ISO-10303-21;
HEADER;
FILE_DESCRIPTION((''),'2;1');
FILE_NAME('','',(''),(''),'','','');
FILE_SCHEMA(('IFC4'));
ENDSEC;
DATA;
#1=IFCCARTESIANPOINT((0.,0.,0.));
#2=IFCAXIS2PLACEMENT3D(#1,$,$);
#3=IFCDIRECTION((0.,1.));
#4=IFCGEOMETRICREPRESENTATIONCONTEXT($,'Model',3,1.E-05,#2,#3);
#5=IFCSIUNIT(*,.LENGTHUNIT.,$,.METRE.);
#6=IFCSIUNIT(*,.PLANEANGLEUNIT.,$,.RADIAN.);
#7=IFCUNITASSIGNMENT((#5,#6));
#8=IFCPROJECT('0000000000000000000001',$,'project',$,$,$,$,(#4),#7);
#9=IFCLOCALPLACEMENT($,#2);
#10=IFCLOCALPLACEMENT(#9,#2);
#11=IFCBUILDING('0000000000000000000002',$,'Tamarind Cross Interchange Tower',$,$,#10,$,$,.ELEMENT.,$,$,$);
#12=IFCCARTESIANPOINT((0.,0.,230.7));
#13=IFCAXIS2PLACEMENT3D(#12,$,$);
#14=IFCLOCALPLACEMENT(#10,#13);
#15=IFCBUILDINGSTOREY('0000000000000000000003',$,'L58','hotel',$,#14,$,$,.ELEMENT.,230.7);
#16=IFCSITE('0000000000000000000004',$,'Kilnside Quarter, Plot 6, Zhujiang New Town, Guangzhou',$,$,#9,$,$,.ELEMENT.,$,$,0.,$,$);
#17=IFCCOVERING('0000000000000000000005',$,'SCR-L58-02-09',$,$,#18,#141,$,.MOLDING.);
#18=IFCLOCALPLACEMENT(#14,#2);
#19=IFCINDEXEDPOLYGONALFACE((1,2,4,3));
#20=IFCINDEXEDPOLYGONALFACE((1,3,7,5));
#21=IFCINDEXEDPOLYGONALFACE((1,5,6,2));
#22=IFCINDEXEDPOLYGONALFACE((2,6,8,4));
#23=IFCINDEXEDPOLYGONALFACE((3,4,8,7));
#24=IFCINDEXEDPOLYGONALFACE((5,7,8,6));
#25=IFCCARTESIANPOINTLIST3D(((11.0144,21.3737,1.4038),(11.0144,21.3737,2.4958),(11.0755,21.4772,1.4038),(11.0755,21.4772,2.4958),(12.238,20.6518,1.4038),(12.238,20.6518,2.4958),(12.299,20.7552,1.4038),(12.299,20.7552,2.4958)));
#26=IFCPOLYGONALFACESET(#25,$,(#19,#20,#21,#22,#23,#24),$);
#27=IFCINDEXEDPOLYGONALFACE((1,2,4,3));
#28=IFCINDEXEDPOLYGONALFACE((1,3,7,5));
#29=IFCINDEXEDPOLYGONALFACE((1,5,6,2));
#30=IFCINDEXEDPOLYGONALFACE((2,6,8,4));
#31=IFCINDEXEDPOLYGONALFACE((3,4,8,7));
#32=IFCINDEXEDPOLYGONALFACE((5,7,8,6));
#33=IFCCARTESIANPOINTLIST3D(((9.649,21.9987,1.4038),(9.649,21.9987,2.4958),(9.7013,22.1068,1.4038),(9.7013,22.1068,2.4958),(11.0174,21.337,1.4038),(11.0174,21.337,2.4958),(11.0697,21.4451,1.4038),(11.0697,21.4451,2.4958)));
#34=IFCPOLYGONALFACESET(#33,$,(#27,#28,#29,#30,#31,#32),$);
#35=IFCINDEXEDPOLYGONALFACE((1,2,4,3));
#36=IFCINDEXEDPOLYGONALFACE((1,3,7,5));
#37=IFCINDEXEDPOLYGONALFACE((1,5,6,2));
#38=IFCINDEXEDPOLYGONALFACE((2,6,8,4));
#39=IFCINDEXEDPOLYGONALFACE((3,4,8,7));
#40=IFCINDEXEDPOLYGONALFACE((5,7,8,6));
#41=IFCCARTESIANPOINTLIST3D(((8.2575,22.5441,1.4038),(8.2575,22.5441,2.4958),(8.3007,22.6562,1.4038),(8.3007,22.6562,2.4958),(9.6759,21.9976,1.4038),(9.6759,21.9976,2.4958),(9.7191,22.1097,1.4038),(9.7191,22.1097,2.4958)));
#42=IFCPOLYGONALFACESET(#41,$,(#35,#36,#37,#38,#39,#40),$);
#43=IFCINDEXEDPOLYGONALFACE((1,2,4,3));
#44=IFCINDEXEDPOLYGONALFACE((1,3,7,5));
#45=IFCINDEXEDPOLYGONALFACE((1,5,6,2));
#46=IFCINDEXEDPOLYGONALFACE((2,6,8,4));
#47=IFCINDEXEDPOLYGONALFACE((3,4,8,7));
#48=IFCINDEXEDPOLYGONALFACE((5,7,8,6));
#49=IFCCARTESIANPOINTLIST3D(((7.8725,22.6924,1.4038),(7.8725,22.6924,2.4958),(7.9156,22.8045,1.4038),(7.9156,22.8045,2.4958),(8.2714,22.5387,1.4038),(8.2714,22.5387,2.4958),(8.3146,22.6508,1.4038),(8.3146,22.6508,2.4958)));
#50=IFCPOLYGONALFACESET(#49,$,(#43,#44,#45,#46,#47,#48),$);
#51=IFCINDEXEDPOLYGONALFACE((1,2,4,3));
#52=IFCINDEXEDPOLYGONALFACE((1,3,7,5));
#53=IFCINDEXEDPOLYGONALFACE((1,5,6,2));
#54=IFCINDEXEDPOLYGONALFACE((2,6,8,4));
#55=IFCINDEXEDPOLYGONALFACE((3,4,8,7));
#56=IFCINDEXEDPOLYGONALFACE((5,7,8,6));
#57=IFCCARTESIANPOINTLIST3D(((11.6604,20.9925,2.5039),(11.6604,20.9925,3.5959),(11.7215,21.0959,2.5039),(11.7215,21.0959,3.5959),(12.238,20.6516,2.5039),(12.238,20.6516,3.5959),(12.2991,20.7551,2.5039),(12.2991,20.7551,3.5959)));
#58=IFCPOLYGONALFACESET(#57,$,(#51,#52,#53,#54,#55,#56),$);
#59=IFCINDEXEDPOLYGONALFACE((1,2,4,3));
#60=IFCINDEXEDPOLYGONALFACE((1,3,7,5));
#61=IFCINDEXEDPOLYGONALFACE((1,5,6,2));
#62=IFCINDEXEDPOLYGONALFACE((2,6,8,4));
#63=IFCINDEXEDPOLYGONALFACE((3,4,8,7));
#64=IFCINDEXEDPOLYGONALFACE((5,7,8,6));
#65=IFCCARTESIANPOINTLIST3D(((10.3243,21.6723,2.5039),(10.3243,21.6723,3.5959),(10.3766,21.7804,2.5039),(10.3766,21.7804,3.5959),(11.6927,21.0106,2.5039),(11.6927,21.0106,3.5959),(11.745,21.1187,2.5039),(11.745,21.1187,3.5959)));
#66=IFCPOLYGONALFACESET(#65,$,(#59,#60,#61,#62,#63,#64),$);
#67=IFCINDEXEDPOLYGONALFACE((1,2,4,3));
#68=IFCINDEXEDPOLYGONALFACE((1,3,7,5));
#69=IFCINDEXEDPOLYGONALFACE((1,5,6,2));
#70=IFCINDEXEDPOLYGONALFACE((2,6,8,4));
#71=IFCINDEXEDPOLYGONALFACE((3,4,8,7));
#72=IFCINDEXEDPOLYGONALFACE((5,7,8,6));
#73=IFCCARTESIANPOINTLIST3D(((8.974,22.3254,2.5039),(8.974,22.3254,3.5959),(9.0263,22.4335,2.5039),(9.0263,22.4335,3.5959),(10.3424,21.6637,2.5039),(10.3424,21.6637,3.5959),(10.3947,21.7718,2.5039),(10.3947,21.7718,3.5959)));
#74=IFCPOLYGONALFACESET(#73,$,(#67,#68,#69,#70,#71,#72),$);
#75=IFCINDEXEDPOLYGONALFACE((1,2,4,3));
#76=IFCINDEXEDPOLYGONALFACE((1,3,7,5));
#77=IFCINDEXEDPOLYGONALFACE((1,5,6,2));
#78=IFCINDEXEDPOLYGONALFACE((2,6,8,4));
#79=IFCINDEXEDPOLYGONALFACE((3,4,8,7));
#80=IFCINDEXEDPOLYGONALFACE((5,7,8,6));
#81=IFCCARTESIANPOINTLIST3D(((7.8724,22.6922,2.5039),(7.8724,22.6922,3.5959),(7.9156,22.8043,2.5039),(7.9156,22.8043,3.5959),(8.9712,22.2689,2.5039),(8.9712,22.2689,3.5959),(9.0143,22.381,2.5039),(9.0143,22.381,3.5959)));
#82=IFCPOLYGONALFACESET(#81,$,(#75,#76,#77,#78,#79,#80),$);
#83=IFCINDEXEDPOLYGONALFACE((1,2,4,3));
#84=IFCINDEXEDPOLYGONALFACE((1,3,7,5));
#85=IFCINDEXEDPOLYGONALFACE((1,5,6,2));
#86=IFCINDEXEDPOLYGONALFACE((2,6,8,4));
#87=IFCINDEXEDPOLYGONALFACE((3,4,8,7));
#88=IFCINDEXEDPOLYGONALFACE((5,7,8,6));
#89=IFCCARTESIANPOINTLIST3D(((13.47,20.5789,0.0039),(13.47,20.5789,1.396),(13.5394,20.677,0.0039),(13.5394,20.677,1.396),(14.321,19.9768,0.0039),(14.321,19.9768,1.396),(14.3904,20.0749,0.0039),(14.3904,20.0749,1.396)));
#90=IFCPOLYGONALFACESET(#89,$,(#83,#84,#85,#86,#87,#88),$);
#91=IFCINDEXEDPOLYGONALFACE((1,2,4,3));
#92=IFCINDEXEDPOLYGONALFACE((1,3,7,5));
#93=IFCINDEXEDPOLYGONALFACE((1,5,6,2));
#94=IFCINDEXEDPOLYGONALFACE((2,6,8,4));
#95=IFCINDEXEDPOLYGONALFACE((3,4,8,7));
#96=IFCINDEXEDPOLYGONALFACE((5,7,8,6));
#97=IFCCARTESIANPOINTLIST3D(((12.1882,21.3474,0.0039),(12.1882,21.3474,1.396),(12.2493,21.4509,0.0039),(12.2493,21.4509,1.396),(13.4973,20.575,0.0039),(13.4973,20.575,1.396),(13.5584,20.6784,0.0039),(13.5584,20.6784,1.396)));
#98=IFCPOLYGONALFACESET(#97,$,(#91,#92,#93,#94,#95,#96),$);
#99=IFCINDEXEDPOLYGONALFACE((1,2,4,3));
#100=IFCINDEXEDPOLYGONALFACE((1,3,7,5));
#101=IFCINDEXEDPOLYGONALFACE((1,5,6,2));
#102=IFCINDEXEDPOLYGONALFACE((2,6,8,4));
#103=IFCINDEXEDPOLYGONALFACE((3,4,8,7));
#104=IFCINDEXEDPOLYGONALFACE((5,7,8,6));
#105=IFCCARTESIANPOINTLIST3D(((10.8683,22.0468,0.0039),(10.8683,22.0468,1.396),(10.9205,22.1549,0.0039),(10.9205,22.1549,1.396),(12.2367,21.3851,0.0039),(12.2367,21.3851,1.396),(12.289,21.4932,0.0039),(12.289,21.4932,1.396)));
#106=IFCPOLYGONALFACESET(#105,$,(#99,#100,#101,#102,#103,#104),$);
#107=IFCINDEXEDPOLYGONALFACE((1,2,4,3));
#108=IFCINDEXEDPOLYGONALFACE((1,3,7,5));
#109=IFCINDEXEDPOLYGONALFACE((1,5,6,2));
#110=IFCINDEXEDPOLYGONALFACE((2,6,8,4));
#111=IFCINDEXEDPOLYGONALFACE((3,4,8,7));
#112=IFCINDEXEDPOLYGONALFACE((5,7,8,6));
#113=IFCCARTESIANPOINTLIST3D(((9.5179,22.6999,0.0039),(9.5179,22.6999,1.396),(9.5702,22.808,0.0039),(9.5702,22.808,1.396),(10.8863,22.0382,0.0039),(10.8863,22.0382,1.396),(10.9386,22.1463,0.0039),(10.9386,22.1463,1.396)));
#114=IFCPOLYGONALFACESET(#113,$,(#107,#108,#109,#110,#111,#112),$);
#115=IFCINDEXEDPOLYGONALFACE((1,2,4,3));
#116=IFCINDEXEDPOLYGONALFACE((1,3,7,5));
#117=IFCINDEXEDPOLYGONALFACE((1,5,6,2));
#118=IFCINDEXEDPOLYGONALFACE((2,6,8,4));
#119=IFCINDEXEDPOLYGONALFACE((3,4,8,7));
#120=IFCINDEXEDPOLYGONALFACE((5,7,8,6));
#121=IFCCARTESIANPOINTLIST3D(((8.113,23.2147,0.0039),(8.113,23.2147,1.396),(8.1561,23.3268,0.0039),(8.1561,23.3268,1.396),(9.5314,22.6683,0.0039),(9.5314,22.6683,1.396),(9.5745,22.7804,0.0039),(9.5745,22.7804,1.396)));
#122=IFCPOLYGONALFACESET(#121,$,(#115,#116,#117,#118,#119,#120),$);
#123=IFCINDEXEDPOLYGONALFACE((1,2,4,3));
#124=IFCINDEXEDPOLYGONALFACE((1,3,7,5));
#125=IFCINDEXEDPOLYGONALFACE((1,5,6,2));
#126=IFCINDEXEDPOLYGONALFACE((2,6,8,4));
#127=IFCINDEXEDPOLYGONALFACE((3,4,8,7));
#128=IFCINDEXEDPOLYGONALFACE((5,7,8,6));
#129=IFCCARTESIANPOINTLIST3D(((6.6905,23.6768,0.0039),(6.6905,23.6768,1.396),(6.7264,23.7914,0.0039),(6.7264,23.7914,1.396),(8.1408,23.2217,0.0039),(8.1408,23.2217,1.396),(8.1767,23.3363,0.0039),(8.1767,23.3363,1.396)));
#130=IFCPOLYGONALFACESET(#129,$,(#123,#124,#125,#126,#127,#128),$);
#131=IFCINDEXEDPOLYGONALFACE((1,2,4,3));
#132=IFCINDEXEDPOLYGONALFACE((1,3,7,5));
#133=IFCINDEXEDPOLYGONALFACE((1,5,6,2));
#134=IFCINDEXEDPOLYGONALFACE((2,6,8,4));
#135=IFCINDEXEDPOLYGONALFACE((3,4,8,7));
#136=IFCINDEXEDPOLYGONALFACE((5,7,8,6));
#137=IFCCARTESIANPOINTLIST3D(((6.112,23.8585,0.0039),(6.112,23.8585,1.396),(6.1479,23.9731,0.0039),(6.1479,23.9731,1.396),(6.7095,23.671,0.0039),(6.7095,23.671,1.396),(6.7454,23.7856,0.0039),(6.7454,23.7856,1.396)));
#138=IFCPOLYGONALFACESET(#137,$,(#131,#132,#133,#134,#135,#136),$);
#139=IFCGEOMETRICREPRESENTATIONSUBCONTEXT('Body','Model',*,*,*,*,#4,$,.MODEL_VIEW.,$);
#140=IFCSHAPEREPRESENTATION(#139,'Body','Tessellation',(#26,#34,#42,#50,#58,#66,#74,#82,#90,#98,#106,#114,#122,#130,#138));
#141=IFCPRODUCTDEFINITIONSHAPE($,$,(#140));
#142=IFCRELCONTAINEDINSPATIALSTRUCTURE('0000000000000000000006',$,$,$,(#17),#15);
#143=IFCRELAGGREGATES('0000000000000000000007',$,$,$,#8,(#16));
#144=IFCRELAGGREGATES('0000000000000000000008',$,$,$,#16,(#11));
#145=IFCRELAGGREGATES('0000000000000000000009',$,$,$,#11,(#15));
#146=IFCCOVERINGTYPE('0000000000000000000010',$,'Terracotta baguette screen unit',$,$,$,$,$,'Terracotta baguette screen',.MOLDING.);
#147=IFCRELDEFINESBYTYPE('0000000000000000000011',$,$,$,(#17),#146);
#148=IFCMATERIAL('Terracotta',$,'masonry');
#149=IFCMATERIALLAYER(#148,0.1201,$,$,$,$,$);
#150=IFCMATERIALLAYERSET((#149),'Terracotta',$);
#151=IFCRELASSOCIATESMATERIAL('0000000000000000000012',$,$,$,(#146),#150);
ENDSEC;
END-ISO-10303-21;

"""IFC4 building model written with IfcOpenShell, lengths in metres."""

from ifc_helpers import new_model, si_unit, direction, frame, origin, origin_2d, place, context, subcontext, project, spatial, rectangle, extrude, material, layer, layer_set, type_object, element, save


model = new_model("IFC4")

# Units and contexts
model_context = context("Model", 3, precision=1e-05, world=origin(), true_north=direction((0.0, 1.0)))
body_context = subcontext(model_context, "Body", "Model", "MODEL_VIEW")
ifc_project = project(units=[si_unit("LENGTHUNIT", "METRE"), si_unit("PLANEANGLEUNIT", "RADIAN")], contexts=[model_context])

# Site, building, storey
site_placement = place(None, origin())
site = spatial("IfcSite", under=ifc_project, at=site_placement, Name="Kilnside Quarter, Plot 6, Zhujiang New Town, Guangzhou", CompositionType="ELEMENT", RefElevation=0.0)
building_placement = place(site_placement, origin())
building = spatial("IfcBuilding", under=site, at=building_placement, Name="Tamarind Cross Interchange Tower", CompositionType="ELEMENT")
storey_placement = place(building_placement, frame((0.0, 0.0, 230.7)))
storey = spatial("IfcBuildingStorey", under=building, at=storey_placement, Name="L58", Description="hotel", CompositionType="ELEMENT", Elevation=230.7)

# Covering
ifc_material_1 = material(Name="Terracotta", Category="masonry")
ifc_layer_1 = layer(ifc_material_1, 0.1201)
ifc_layer_set_1 = layer_set([ifc_layer_1], Name="Terracotta")
covering_type = type_object("IfcCoveringType", Name="Terracotta baguette screen unit", ElementType="Terracotta baguette screen", PredefinedType="MOLDING", material=ifc_layer_set_1)
covering_1_placement = place(storey_placement, origin())
element("IfcCovering", 1, at=covering_1_placement, inside=storey, type_object=covering_type, Name="SCR-L58-02-09", PredefinedType="MOLDING", context=body_context, shape_type="SweptSolid", body=[
    extrude(rectangle(XDim=1.4207, YDim=0.1201, at=origin_2d()), frame((11.6567, 21.0645, 1.4038), z_axis=(0.0, 0.0, 1.0), x_axis=(-0.861249, 0.508183, 0.0)), (0.0, 0.0, 1.0), 1.092),
    extrude(rectangle(XDim=1.52, YDim=0.1201, at=origin_2d()), frame((10.3594, 21.7219, 1.4038), z_axis=(0.0, 0.0, 1.0), x_axis=(-0.900273, 0.435326, 0.0)), (0.0, 0.0, 1.0), 1.092),
    extrude(rectangle(XDim=1.52, YDim=0.1201, at=origin_2d()), frame((8.9883, 22.3269, 1.4038), z_axis=(0.0, 0.0, 1.0), x_axis=(-0.933147, 0.359495, 0.0)), (0.0, 0.0, 1.0), 1.092),
    extrude(rectangle(XDim=0.4275, YDim=0.1201, at=origin_2d()), frame((8.0935, 22.6716, 1.4038), z_axis=(0.0, 0.0, 1.0), x_axis=(-0.933147, 0.359495, 0.0)), (0.0, 0.0, 1.0), 1.092),
    extrude(rectangle(XDim=0.6707, YDim=0.1201, at=origin_2d()), frame((11.9797, 20.8738, 2.5039), z_axis=(0.0, 0.0, 1.0), x_axis=(-0.861249, 0.508183, 0.0)), (0.0, 0.0, 1.0), 1.092),
    extrude(rectangle(XDim=1.52, YDim=0.1201, at=origin_2d()), frame((11.0347, 21.3955, 2.5039), z_axis=(0.0, 0.0, 1.0), x_axis=(-0.900273, 0.435326, 0.0)), (0.0, 0.0, 1.0), 1.092),
    extrude(rectangle(XDim=1.52, YDim=0.1201, at=origin_2d()), frame((9.6843, 22.0486, 2.5039), z_axis=(0.0, 0.0, 1.0), x_axis=(-0.900273, 0.435326, 0.0)), (0.0, 0.0, 1.0), 1.092),
    extrude(rectangle(XDim=1.1775, YDim=0.1201, at=origin_2d()), frame((8.4434, 22.5366, 2.5039), z_axis=(0.0, 0.0, 1.0), x_axis=(-0.933147, 0.359495, 0.0)), (0.0, 0.0, 1.0), 1.092),
    extrude(rectangle(XDim=1.0425, YDim=0.1201, at=origin_2d()), frame((13.9302, 20.3269, 0.0039), z_axis=(0.0, 0.0, 1.0), x_axis=(-0.816342, 0.577569, 0.0)), (0.0, 0.0, 1.0), 1.3921),
    extrude(rectangle(XDim=1.52, YDim=0.1201, at=origin_2d()), frame((12.8733, 21.0129, 0.0039), z_axis=(0.0, 0.0, 1.0), x_axis=(-0.861249, 0.508183, 0.0)), (0.0, 0.0, 1.0), 1.3921),
    extrude(rectangle(XDim=1.52, YDim=0.1201, at=origin_2d()), frame((11.5786, 21.77, 0.0039), z_axis=(0.0, 0.0, 1.0), x_axis=(-0.900273, 0.435326, 0.0)), (0.0, 0.0, 1.0), 1.3921),
    extrude(rectangle(XDim=1.52, YDim=0.1201, at=origin_2d()), frame((10.2283, 22.4231, 0.0039), z_axis=(0.0, 0.0, 1.0), x_axis=(-0.900273, 0.435326, 0.0)), (0.0, 0.0, 1.0), 1.3921),
    extrude(rectangle(XDim=1.52, YDim=0.1201, at=origin_2d()), frame((8.8438, 22.9976, 0.0039), z_axis=(0.0, 0.0, 1.0), x_axis=(-0.933147, 0.359495, 0.0)), (0.0, 0.0, 1.0), 1.3921),
    extrude(rectangle(XDim=1.52, YDim=0.1201, at=origin_2d()), frame((7.4336, 23.5066, 0.0039), z_axis=(0.0, 0.0, 1.0), x_axis=(-0.954125, 0.299407, 0.0)), (0.0, 0.0, 1.0), 1.3921),
    extrude(rectangle(XDim=0.6262, YDim=0.1201, at=origin_2d()), frame((6.4287, 23.822, 0.0039), z_axis=(0.0, 0.0, 1.0), x_axis=(-0.954125, 0.299407, 0.0)), (0.0, 0.0, 1.0), 1.3921),
])

save(model, "model.ifc")
